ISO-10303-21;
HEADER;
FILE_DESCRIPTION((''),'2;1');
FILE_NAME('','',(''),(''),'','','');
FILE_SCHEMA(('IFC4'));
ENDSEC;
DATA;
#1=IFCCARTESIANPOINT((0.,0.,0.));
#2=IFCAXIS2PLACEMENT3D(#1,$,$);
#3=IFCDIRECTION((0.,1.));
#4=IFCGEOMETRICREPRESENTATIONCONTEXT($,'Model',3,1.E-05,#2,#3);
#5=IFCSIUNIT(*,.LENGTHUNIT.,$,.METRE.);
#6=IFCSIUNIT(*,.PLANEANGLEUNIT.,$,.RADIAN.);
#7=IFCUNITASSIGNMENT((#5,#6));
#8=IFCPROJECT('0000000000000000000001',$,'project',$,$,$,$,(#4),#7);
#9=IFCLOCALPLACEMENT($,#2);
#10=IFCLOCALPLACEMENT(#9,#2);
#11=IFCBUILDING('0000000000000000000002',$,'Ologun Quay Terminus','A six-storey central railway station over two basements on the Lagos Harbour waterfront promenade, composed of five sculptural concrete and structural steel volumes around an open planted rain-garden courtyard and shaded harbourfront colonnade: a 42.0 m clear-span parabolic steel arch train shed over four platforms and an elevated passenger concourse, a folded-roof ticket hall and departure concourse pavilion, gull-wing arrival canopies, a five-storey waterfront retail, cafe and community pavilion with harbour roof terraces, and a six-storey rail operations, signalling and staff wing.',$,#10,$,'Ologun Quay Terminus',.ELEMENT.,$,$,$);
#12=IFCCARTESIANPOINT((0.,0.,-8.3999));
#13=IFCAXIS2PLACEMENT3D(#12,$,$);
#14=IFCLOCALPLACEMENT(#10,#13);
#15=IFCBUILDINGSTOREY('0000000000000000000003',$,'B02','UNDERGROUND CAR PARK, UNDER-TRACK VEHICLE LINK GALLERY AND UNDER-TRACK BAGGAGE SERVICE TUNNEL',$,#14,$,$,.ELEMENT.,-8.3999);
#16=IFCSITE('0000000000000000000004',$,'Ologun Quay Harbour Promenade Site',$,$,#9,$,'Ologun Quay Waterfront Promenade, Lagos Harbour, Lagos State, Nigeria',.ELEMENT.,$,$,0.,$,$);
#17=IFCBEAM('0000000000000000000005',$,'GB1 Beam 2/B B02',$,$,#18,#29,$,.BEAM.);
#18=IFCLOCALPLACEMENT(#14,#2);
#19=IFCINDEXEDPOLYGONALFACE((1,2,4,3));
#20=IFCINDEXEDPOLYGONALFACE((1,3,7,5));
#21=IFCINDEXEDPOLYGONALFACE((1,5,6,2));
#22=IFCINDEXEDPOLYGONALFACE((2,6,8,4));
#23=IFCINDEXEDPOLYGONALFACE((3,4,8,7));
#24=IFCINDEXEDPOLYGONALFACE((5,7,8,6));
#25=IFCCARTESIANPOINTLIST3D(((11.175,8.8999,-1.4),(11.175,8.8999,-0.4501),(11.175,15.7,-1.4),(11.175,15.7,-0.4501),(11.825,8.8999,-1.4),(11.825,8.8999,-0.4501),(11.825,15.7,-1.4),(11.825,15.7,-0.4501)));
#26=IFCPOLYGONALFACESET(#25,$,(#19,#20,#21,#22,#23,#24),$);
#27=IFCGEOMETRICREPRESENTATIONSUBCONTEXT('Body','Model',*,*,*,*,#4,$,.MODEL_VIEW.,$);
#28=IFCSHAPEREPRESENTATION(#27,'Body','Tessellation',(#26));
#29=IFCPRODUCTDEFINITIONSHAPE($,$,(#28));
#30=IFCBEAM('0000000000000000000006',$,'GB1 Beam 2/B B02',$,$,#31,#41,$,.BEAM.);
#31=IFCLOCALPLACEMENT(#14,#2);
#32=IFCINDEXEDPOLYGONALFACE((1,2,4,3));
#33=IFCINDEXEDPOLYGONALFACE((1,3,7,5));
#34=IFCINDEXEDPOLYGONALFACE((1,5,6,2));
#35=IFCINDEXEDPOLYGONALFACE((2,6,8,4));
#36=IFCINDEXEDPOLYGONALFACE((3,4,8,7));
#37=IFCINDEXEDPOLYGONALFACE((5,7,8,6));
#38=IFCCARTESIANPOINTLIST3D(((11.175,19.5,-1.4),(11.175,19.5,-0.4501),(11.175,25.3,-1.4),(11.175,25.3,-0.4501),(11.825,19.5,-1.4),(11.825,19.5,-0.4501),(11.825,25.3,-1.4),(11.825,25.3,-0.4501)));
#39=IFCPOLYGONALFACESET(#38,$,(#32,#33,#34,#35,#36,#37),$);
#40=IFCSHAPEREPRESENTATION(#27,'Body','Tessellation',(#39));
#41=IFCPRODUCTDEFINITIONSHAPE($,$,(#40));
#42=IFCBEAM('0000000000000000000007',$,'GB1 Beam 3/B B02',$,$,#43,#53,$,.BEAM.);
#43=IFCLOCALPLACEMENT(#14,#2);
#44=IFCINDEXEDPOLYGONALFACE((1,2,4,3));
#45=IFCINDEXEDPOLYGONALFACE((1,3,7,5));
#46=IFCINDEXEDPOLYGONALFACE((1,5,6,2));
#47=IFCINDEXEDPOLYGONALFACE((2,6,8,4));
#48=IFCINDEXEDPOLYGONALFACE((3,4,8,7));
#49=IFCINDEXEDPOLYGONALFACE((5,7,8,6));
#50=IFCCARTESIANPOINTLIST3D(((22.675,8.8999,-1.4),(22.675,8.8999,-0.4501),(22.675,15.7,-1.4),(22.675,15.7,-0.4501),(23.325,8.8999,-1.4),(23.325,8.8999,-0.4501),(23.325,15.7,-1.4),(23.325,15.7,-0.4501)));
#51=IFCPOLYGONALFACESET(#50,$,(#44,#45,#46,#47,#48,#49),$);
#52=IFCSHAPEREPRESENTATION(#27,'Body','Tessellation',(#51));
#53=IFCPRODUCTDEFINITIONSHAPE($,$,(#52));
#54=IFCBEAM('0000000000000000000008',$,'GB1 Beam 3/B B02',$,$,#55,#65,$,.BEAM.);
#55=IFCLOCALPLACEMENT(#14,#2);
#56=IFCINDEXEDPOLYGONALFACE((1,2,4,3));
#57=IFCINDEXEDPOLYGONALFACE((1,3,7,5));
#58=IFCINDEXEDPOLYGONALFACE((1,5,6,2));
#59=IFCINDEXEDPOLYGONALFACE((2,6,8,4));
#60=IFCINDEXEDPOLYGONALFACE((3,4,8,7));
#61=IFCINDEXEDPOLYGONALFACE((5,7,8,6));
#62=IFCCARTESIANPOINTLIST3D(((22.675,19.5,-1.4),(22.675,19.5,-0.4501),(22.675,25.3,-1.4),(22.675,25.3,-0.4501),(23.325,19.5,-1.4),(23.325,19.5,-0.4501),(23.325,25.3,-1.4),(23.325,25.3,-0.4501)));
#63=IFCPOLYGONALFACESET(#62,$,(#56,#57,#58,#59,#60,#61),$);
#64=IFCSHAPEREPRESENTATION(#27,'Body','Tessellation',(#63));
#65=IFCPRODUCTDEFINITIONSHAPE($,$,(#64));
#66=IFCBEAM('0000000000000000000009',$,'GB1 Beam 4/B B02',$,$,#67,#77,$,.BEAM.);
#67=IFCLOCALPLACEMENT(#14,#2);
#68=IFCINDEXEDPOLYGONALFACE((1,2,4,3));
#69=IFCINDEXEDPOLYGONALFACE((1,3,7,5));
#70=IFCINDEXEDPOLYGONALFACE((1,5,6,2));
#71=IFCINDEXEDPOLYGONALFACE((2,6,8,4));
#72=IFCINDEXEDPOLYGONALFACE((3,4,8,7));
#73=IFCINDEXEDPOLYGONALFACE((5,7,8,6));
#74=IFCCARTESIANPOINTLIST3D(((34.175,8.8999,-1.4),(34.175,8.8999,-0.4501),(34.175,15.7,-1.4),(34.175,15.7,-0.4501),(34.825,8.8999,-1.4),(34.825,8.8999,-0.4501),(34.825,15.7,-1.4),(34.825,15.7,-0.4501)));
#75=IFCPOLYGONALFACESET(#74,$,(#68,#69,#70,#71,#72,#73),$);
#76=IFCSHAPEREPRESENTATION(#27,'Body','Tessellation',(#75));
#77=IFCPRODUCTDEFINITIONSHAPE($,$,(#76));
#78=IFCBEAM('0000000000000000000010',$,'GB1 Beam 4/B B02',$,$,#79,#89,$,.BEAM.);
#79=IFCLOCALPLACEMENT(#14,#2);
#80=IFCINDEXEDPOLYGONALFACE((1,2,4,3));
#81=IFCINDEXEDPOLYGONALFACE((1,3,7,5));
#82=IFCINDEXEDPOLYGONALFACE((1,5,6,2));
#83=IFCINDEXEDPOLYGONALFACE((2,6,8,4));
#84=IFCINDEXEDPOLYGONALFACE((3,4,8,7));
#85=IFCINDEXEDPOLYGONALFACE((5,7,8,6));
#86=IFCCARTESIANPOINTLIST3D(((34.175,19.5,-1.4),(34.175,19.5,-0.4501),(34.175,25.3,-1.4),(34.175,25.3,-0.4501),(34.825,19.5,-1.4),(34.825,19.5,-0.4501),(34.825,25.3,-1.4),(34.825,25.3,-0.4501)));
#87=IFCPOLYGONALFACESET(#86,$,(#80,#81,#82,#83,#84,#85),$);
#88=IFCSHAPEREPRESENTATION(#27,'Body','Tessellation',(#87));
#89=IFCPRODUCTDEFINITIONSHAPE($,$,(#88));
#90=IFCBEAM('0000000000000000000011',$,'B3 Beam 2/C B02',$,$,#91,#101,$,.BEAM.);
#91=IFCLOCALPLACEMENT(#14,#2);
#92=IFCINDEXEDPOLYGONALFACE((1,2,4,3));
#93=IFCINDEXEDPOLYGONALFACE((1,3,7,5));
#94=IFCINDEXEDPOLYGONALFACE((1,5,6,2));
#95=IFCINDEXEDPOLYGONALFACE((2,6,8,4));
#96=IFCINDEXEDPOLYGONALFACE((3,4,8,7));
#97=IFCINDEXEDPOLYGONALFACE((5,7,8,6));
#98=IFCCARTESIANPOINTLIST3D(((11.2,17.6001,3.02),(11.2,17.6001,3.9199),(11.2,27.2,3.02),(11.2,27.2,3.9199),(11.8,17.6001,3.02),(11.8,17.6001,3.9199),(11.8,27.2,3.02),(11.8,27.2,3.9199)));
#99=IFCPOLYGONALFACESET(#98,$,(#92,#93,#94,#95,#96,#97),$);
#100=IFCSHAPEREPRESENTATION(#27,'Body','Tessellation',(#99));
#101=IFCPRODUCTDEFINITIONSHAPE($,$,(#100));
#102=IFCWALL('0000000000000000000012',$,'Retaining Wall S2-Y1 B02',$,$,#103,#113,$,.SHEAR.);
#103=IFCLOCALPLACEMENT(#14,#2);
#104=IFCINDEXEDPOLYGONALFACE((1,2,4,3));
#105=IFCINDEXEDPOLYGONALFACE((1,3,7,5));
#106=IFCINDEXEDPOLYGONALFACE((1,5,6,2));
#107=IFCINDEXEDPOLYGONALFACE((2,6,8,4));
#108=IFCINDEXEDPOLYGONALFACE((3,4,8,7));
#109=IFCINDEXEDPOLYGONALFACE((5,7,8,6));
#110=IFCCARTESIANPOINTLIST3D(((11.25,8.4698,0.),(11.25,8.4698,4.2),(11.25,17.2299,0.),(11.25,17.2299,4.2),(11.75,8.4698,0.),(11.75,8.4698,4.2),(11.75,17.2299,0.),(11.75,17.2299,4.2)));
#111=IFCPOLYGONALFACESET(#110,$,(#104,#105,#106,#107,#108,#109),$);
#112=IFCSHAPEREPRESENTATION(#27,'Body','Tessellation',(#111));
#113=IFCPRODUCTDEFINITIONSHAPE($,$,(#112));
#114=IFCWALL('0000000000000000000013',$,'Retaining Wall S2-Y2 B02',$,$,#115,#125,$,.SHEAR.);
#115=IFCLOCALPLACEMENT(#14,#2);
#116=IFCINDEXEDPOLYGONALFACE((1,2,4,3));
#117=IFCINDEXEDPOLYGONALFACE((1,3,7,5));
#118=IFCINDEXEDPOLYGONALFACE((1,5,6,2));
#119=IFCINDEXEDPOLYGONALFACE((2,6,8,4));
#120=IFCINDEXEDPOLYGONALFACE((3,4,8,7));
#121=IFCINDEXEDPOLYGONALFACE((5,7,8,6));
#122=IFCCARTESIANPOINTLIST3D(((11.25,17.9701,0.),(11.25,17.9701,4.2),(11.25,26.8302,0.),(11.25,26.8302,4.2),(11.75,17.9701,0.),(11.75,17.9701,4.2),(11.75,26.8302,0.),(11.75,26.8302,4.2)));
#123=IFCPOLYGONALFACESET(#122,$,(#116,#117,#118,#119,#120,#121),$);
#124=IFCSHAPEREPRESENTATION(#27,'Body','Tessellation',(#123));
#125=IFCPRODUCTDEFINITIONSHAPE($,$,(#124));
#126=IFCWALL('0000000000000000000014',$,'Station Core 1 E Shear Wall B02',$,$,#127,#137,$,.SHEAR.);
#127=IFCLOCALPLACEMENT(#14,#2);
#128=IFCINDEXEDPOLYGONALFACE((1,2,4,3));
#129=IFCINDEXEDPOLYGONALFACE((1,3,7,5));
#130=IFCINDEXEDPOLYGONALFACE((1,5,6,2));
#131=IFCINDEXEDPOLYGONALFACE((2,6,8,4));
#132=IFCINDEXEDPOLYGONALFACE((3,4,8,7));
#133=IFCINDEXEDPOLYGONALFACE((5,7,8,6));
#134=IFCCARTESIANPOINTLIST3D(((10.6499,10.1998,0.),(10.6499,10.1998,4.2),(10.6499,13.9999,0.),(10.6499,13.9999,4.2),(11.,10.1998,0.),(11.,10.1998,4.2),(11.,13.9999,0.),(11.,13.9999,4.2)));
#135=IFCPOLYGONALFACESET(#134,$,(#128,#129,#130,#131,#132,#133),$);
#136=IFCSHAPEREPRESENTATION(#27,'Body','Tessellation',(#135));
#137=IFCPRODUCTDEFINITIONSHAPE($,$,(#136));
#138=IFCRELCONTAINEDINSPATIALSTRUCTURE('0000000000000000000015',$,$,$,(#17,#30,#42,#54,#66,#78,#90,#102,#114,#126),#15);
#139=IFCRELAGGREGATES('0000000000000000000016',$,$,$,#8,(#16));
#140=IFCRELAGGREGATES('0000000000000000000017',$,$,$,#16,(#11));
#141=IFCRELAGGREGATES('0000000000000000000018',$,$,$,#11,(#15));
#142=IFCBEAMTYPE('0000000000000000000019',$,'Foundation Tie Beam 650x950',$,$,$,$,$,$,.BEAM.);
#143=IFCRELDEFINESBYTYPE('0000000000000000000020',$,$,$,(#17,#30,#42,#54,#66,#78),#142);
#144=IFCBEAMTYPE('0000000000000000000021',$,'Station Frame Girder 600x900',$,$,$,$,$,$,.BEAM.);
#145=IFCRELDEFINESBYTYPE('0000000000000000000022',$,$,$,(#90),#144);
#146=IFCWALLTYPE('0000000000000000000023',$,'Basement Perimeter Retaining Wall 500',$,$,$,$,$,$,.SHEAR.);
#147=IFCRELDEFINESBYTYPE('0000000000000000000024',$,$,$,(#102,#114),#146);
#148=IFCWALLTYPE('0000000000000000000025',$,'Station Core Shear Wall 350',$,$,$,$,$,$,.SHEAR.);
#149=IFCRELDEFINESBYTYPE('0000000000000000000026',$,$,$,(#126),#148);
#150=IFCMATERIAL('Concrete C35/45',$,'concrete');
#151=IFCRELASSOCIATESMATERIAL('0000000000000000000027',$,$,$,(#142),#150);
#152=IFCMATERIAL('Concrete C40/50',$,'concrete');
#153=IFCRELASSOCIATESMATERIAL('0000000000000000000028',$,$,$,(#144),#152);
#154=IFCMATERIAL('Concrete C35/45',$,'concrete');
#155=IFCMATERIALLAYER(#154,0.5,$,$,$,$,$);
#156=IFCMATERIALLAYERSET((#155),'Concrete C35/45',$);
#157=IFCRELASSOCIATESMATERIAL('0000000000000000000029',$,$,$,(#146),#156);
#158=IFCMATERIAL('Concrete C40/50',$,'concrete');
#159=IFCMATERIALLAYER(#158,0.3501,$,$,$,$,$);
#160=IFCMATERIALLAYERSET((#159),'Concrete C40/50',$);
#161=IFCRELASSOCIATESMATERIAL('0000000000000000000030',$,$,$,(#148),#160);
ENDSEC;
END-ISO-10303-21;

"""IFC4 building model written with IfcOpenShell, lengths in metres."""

from ifc_helpers import new_model, si_unit, direction, frame, frame_2d, origin, origin_2d, place, context, subcontext, project, spatial, rectangle, extrude, material, layer, layer_set, material_profile, profile_set, type_object, element, save


model = new_model("IFC4")

# Units and contexts
model_context = context("Model", 3, precision=1e-05, world=origin(), true_north=direction((0.0, 1.0)))
body_context = subcontext(model_context, "Body", "Model", "MODEL_VIEW")
ifc_project = project(units=[si_unit("LENGTHUNIT", "METRE"), si_unit("PLANEANGLEUNIT", "RADIAN")], contexts=[model_context])

# Site, building, storey
site_placement = place(None, origin())
site = spatial("IfcSite", under=ifc_project, at=site_placement, Name="Ologun Quay Harbour Promenade Site", LongName="Ologun Quay Waterfront Promenade, Lagos Harbour, Lagos State, Nigeria", CompositionType="ELEMENT", RefElevation=0.0)
building_placement = place(site_placement, origin())
building = spatial("IfcBuilding", under=site, at=building_placement, Name="Ologun Quay Terminus", Description="A six-storey central railway station over two basements on the Lagos Harbour waterfront promenade, composed of five sculptural concrete and structural steel volumes around an open planted rain-garden courtyard and shaded harbourfront colonnade: a 42.0 m clear-span parabolic steel arch train shed over four platforms and an elevated passenger concourse, a folded-roof ticket hall and departure concourse pavilion, gull-wing arrival canopies, a five-storey waterfront retail, cafe and community pavilion with harbour roof terraces, and a six-storey rail operations, signalling and staff wing.", LongName="Ologun Quay Terminus", CompositionType="ELEMENT")
storey_placement = place(building_placement, frame((0.0, 0.0, -8.3999)))
storey = spatial("IfcBuildingStorey", under=building, at=storey_placement, Name="B02", Description="UNDERGROUND CAR PARK, UNDER-TRACK VEHICLE LINK GALLERY AND UNDER-TRACK BAGGAGE SERVICE TUNNEL", CompositionType="ELEMENT", Elevation=-8.3999)

# Beams
ifc_material_1 = material(Name="Concrete C35/45", Category="concrete")
ifc_material_profile_1 = material_profile(ifc_material_1, rectangle(XDim=0.6499, YDim=0.95, at=origin_2d()), Name="RC 650x950")
ifc_profile_set_1 = profile_set([ifc_material_profile_1], Name="Concrete C35/45")
beam_type_1 = type_object("IfcBeamType", Name="Foundation Tie Beam 650x950", PredefinedType="BEAM", material=ifc_profile_set_1)
beam_1_placement = place(storey_placement, frame((11.5, 8.8999, -0.925), z_axis=(0.0, 1.0, 0.0), x_axis=(-1.0, 0.0, 0.0)))
element("IfcBeam", 1, at=beam_1_placement, inside=storey, type_object=beam_type_1, Name="GB1 Beam 2/B B02", PredefinedType="BEAM", context=body_context, shape_type="SweptSolid", body=[
    extrude(rectangle(XDim=0.6499, YDim=0.95, at=origin_2d()), origin(), (0.0, 0.0, 1.0), 6.8),
])
beam_2_placement = place(storey_placement, frame((11.5, 19.5, -0.925), z_axis=(0.0, 1.0, 0.0), x_axis=(-1.0, 0.0, 0.0)))
element("IfcBeam", 2, at=beam_2_placement, inside=storey, type_object=beam_type_1, Name="GB1 Beam 2/B B02", PredefinedType="BEAM", context=body_context, shape_type="SweptSolid", body=[
    extrude(rectangle(XDim=0.6499, YDim=0.95, at=origin_2d()), origin(), (0.0, 0.0, 1.0), 5.8),
])
beam_3_placement = place(storey_placement, frame((23.0, 8.8999, -0.925), z_axis=(0.0, 1.0, 0.0), x_axis=(-1.0, 0.0, 0.0)))
element("IfcBeam", 3, at=beam_3_placement, inside=storey, type_object=beam_type_1, Name="GB1 Beam 3/B B02", PredefinedType="BEAM", context=body_context, shape_type="SweptSolid", body=[
    extrude(rectangle(XDim=0.6499, YDim=0.95, at=origin_2d()), origin(), (0.0, 0.0, 1.0), 6.8),
])
beam_4_placement = place(storey_placement, frame((23.0, 19.5, -0.925), z_axis=(0.0, 1.0, 0.0), x_axis=(-1.0, 0.0, 0.0)))
element("IfcBeam", 4, at=beam_4_placement, inside=storey, type_object=beam_type_1, Name="GB1 Beam 3/B B02", PredefinedType="BEAM", context=body_context, shape_type="SweptSolid", body=[
    extrude(rectangle(XDim=0.6499, YDim=0.95, at=origin_2d()), origin(), (0.0, 0.0, 1.0), 5.8),
])
beam_5_placement = place(storey_placement, frame((34.5, 8.8999, -0.925), z_axis=(0.0, 1.0, 0.0), x_axis=(-1.0, 0.0, 0.0)))
element("IfcBeam", 5, at=beam_5_placement, inside=storey, type_object=beam_type_1, Name="GB1 Beam 4/B B02", PredefinedType="BEAM", context=body_context, shape_type="SweptSolid", body=[
    extrude(rectangle(XDim=0.6499, YDim=0.95, at=origin_2d()), origin(), (0.0, 0.0, 1.0), 6.8),
])
beam_6_placement = place(storey_placement, frame((34.5, 19.5, -0.925), z_axis=(0.0, 1.0, 0.0), x_axis=(-1.0, 0.0, 0.0)))
element("IfcBeam", 6, at=beam_6_placement, inside=storey, type_object=beam_type_1, Name="GB1 Beam 4/B B02", PredefinedType="BEAM", context=body_context, shape_type="SweptSolid", body=[
    extrude(rectangle(XDim=0.6499, YDim=0.95, at=origin_2d()), origin(), (0.0, 0.0, 1.0), 5.8),
])
ifc_material_2 = material(Name="Concrete C40/50", Category="concrete")
ifc_material_profile_2 = material_profile(ifc_material_2, rectangle(XDim=0.6001, YDim=0.8999, at=origin_2d()), Name="RC 600x900")
ifc_profile_set_2 = profile_set([ifc_material_profile_2], Name="Concrete C40/50")
beam_type_2 = type_object("IfcBeamType", Name="Station Frame Girder 600x900", PredefinedType="BEAM", material=ifc_profile_set_2)
beam_7_placement = place(storey_placement, frame((11.5, 17.6001, 3.47), z_axis=(0.0, 1.0, 0.0), x_axis=(-1.0, 0.0, 0.0)))
element("IfcBeam", 7, at=beam_7_placement, inside=storey, type_object=beam_type_2, Name="B3 Beam 2/C B02", PredefinedType="BEAM", context=body_context, shape_type="SweptSolid", body=[
    extrude(rectangle(XDim=0.6001, YDim=0.8999, at=origin_2d()), origin(), (0.0, 0.0, 1.0), 9.5999),
])

# Walls
ifc_material_3 = material(Name="Concrete C35/45", Category="concrete")
ifc_layer_1 = layer(ifc_material_3, 0.5)
ifc_layer_set_1 = layer_set([ifc_layer_1], Name="Concrete C35/45")
wall_type_1 = type_object("IfcWallType", Name="Basement Perimeter Retaining Wall 500", PredefinedType="SHEAR", material=ifc_layer_set_1)
wall_1_placement = place(storey_placement, frame((11.5, 8.47, 0.0), z_axis=(0.0, 0.0, 1.0), x_axis=(0.0, 1.0, 0.0)))
element("IfcWall", 8, at=wall_1_placement, inside=storey, type_object=wall_type_1, Name="Retaining Wall S2-Y1 B02", PredefinedType="SHEAR", context=body_context, shape_type="SweptSolid", body=[
    extrude(rectangle(XDim=8.76, YDim=0.5, at=frame_2d((4.3799, 0.0))), origin(), (0.0, 0.0, 1.0), 4.2),
])
wall_2_placement = place(storey_placement, frame((11.5, 17.97, 0.0), z_axis=(0.0, 0.0, 1.0), x_axis=(0.0, 1.0, 0.0)))
element("IfcWall", 9, at=wall_2_placement, inside=storey, type_object=wall_type_1, Name="Retaining Wall S2-Y2 B02", PredefinedType="SHEAR", context=body_context, shape_type="SweptSolid", body=[
    extrude(rectangle(XDim=8.8601, YDim=0.5, at=frame_2d((4.4302, 0.0))), origin(), (0.0, 0.0, 1.0), 4.2),
])
ifc_material_4 = material(Name="Concrete C40/50", Category="concrete")
ifc_layer_2 = layer(ifc_material_4, 0.3501)
ifc_layer_set_2 = layer_set([ifc_layer_2], Name="Concrete C40/50")
wall_type_2 = type_object("IfcWallType", Name="Station Core Shear Wall 350", PredefinedType="SHEAR", material=ifc_layer_set_2)
wall_3_placement = place(storey_placement, frame((10.825, 10.2, 0.0), z_axis=(0.0, 0.0, 1.0), x_axis=(0.0, 1.0, 0.0)))
element("IfcWall", 10, at=wall_3_placement, inside=storey, type_object=wall_type_2, Name="Station Core 1 E Shear Wall B02", PredefinedType="SHEAR", context=body_context, shape_type="SweptSolid", body=[
    extrude(rectangle(XDim=3.8, YDim=0.3501, at=frame_2d((1.8999, 0.0))), origin(), (0.0, 0.0, 1.0), 4.2),
])

save(model, "model.ifc")
